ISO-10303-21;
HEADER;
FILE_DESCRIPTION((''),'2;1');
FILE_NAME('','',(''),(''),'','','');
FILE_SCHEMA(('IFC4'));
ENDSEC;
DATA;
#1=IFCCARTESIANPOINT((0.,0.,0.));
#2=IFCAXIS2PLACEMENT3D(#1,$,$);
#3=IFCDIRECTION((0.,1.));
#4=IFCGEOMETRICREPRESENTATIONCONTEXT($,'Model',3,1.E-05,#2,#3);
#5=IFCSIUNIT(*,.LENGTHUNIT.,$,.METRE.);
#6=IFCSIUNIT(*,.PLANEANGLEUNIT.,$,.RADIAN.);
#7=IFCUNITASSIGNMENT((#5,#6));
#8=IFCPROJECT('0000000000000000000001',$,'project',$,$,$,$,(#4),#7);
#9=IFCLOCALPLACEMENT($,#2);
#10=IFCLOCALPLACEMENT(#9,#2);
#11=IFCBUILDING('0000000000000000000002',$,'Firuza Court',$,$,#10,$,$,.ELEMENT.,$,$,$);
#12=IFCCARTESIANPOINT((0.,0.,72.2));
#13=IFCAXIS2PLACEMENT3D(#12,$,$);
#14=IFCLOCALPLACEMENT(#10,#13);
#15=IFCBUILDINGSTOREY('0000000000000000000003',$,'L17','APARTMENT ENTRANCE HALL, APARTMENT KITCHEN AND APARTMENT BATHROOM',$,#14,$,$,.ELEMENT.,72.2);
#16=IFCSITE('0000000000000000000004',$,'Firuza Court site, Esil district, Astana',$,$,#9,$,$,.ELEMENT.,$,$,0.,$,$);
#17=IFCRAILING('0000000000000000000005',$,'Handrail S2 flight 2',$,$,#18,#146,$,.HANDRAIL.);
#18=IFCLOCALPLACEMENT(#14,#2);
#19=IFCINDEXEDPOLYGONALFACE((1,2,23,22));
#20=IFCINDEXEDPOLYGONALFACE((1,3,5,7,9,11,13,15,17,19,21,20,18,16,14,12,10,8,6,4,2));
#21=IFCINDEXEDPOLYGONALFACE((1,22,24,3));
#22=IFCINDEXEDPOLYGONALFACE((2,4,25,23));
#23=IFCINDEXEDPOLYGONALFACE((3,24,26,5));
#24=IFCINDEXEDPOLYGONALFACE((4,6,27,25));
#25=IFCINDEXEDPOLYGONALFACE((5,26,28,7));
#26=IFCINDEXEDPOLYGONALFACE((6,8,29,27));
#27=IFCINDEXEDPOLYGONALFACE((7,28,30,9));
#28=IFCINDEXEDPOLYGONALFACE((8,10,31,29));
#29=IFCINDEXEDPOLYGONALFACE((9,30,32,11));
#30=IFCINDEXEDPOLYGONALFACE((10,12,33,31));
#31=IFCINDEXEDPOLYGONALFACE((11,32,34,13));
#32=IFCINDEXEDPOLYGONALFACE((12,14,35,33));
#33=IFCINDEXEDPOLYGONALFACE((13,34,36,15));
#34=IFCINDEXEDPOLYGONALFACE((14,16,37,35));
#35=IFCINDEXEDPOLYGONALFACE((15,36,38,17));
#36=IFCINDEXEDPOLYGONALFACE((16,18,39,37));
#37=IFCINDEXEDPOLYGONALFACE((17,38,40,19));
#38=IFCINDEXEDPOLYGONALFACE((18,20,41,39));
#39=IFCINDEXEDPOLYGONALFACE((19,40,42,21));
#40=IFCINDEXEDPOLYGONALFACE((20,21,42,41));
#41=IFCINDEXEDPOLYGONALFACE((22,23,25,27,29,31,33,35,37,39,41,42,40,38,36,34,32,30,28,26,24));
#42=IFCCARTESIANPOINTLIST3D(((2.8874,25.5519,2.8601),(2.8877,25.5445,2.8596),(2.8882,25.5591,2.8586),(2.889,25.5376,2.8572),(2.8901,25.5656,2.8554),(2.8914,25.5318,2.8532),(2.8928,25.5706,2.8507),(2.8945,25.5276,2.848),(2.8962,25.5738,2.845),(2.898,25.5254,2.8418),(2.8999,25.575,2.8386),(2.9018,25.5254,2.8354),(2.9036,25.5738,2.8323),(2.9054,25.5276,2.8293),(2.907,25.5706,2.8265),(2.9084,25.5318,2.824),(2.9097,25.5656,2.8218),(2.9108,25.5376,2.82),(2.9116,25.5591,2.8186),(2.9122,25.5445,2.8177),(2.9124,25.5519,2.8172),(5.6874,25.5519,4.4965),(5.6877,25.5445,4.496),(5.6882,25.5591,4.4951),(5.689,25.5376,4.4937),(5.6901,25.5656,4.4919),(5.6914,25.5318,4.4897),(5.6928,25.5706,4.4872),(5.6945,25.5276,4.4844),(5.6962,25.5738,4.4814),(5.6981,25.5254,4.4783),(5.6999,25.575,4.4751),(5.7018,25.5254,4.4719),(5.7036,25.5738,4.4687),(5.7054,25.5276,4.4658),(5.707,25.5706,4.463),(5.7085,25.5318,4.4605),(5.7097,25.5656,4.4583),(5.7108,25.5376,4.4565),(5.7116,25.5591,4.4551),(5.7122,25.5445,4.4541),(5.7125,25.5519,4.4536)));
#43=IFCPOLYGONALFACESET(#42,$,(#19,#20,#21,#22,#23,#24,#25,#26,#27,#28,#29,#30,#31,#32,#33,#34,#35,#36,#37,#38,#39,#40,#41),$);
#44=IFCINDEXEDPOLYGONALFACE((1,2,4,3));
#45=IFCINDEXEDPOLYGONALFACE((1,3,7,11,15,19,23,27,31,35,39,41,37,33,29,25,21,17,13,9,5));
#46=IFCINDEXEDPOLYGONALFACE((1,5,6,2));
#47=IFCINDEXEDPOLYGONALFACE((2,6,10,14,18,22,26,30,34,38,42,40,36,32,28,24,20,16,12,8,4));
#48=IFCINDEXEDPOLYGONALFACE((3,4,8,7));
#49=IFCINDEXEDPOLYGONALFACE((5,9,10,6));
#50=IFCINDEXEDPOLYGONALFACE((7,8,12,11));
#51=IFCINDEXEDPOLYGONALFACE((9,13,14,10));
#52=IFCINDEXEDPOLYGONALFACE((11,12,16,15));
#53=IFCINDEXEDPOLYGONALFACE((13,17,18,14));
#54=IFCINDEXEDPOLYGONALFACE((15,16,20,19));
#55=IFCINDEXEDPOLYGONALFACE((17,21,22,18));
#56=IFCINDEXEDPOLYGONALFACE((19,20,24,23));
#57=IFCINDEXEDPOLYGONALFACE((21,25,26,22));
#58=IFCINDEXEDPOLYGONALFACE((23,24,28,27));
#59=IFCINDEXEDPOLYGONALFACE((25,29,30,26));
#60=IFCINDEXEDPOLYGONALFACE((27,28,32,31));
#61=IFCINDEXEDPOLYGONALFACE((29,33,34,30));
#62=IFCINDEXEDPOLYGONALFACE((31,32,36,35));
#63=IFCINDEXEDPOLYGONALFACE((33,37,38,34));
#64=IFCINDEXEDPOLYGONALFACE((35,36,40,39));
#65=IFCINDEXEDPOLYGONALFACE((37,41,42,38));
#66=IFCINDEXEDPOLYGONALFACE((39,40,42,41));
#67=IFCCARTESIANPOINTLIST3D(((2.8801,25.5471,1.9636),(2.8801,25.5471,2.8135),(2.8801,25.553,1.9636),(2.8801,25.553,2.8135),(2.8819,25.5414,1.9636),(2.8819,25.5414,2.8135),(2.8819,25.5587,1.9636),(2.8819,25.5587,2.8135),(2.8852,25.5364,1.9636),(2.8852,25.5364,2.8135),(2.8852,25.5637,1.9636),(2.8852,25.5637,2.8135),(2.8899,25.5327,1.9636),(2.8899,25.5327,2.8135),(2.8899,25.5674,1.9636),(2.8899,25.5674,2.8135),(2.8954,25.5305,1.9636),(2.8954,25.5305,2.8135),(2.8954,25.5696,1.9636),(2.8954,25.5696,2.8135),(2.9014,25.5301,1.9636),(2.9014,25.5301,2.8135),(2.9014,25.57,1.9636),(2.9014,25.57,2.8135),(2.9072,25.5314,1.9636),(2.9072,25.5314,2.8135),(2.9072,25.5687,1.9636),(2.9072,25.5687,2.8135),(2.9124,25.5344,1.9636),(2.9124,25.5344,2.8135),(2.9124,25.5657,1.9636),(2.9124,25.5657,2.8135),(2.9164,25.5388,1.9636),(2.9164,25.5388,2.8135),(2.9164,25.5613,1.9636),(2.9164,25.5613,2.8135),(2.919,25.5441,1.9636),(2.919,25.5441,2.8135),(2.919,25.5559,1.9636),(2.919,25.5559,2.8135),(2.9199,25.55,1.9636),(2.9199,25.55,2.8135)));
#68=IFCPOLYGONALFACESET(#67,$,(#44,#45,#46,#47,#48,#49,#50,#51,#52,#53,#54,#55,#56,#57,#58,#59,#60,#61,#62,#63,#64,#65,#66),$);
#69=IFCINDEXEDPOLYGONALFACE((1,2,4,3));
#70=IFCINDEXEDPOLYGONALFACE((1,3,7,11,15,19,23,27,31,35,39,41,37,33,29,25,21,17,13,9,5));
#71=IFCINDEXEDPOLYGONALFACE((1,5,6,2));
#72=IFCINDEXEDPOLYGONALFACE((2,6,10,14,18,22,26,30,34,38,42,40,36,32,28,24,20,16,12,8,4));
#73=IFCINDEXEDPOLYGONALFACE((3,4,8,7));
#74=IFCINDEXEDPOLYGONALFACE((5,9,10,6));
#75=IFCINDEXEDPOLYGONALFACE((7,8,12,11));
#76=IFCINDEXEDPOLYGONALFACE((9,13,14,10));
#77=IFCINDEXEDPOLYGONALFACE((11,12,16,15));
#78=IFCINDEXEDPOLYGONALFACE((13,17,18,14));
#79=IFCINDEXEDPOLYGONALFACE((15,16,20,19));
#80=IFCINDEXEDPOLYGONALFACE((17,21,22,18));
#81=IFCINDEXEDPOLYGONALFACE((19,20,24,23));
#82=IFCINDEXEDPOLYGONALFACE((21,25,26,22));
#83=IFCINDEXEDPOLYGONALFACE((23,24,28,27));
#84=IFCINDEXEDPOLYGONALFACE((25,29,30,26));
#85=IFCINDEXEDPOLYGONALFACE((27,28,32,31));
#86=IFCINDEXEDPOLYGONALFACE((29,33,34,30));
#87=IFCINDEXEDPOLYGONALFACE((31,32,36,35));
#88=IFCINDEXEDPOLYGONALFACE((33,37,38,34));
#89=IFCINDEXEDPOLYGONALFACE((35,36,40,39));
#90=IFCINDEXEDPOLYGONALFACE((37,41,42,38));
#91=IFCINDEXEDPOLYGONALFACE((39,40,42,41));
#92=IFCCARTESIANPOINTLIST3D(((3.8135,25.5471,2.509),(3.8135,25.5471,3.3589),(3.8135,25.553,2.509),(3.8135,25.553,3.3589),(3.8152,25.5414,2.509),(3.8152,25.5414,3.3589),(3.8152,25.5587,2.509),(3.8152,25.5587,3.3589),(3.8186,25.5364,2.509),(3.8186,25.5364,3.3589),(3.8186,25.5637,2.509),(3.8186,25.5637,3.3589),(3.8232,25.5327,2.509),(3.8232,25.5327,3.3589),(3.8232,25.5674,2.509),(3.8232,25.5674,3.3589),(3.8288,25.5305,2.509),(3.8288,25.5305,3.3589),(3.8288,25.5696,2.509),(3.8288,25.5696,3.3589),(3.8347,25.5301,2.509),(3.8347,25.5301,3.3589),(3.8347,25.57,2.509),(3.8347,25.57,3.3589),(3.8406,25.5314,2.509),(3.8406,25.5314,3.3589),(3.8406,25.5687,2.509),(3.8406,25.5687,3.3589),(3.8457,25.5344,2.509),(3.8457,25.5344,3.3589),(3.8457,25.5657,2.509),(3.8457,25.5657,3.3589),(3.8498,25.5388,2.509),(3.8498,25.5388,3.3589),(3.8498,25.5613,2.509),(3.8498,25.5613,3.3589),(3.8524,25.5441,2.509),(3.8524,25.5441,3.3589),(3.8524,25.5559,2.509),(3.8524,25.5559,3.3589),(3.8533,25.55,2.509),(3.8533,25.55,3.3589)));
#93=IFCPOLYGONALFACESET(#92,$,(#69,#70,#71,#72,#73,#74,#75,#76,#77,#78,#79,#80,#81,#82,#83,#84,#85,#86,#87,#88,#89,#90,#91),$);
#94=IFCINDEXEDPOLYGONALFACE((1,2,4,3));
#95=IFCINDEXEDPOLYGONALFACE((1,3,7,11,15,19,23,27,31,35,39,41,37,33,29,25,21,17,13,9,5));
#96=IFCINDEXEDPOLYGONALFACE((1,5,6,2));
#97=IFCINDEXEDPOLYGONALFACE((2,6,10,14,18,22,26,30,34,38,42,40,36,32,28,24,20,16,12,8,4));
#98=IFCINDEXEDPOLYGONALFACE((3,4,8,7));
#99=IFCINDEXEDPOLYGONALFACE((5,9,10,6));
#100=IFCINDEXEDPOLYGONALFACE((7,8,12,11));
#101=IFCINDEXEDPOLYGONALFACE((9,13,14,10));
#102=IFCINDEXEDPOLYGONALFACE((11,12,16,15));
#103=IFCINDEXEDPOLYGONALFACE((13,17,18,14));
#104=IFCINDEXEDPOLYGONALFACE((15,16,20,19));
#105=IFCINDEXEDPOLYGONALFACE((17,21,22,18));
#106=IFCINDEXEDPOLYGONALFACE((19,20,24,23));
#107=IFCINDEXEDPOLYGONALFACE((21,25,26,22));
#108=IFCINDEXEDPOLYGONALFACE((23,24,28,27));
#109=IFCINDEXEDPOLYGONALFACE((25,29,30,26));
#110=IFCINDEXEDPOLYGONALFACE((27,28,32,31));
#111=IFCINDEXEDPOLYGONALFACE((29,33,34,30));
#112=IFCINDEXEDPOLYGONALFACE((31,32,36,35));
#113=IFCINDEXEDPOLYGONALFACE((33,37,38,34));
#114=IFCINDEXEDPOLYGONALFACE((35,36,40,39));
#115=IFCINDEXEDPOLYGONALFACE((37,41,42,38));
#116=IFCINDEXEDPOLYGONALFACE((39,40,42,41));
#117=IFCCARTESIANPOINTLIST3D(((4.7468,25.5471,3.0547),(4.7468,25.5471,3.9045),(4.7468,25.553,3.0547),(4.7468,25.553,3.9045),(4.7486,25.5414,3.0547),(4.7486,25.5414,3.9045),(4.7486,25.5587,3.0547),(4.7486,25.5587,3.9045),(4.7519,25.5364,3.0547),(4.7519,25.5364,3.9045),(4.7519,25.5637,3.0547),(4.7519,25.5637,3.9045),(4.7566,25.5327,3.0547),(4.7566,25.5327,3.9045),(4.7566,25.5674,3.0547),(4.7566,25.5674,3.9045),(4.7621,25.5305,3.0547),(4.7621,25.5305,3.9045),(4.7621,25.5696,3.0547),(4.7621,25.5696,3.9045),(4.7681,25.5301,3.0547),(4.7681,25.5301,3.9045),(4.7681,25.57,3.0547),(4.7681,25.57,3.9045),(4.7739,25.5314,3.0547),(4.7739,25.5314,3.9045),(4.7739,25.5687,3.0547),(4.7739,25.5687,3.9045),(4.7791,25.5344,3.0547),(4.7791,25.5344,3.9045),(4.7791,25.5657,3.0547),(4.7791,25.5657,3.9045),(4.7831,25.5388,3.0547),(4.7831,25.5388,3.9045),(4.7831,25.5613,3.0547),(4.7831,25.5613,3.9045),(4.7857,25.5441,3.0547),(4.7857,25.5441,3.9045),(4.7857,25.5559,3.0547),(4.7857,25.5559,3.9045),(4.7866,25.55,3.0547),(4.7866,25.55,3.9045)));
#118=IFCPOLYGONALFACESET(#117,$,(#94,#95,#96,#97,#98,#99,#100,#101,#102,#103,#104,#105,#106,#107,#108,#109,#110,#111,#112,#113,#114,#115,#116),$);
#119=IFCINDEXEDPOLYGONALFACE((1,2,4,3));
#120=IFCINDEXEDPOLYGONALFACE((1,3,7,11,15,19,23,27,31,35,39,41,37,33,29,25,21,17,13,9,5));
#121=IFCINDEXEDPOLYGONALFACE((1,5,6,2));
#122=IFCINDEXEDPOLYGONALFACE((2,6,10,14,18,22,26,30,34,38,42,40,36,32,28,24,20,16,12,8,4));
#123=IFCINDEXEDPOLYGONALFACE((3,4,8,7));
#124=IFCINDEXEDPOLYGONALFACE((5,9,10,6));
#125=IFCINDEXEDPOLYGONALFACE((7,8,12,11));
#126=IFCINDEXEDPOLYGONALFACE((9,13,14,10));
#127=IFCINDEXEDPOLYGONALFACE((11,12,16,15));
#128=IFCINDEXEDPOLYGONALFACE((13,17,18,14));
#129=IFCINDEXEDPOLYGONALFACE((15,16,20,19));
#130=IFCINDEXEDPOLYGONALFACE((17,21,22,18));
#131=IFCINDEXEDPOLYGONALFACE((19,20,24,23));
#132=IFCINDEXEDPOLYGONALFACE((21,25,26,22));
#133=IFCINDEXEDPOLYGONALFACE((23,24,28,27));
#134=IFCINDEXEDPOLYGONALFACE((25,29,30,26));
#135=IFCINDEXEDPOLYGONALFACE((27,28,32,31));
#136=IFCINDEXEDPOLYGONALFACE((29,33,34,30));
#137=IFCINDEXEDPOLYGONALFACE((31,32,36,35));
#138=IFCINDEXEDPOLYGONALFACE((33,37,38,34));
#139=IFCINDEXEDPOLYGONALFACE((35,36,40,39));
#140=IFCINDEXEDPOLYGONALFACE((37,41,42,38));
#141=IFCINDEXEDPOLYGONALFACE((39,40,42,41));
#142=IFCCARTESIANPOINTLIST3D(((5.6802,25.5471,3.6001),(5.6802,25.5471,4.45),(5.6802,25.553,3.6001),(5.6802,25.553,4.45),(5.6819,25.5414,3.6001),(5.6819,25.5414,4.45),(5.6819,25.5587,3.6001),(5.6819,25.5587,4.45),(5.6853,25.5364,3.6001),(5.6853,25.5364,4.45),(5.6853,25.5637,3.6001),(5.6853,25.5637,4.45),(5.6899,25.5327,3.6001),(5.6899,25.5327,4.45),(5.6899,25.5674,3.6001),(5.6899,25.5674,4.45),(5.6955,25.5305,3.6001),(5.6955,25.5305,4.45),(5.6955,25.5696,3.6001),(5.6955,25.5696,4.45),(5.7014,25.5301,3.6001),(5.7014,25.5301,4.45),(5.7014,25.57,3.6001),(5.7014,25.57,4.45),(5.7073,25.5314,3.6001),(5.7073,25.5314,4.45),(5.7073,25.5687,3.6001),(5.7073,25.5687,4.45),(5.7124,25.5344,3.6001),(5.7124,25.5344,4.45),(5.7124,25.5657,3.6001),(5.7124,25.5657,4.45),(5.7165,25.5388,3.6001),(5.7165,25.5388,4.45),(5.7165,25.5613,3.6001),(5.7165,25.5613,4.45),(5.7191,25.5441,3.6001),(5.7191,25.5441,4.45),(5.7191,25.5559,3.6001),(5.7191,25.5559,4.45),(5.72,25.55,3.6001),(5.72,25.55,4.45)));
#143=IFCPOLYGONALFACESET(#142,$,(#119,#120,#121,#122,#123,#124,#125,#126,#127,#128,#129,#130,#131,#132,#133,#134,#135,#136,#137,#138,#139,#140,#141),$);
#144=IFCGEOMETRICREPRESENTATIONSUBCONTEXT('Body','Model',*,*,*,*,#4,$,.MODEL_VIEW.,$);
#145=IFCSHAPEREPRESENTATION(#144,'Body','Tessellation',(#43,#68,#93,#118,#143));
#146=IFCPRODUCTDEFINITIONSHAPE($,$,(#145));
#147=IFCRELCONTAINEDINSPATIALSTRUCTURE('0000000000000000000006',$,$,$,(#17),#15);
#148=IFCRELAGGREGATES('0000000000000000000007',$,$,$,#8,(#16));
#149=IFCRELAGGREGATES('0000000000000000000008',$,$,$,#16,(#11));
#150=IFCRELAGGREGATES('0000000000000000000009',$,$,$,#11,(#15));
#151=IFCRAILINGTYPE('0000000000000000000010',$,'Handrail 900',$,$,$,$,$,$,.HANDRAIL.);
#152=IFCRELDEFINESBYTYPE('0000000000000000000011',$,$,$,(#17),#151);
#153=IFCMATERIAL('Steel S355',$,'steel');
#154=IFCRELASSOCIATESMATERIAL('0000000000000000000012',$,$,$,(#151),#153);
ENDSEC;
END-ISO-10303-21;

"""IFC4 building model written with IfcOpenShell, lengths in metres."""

from ifc_helpers import new_model, si_unit, direction, frame, origin, origin_2d, place, context, subcontext, project, spatial, circle, extrude, material, type_object, element, save


model = new_model("IFC4")

# Units and contexts
model_context = context("Model", 3, precision=1e-05, world=origin(), true_north=direction((0.0, 1.0)))
body_context = subcontext(model_context, "Body", "Model", "MODEL_VIEW")
ifc_project = project(units=[si_unit("LENGTHUNIT", "METRE"), si_unit("PLANEANGLEUNIT", "RADIAN")], contexts=[model_context])

# Site, building, storey
site_placement = place(None, origin())
site = spatial("IfcSite", under=ifc_project, at=site_placement, Name="Firuza Court site, Esil district, Astana", CompositionType="ELEMENT", RefElevation=0.0)
building_placement = place(site_placement, origin())
building = spatial("IfcBuilding", under=site, at=building_placement, Name="Firuza Court", CompositionType="ELEMENT")
storey_placement = place(building_placement, frame((0.0, 0.0, 72.2)))
storey = spatial("IfcBuildingStorey", under=building, at=storey_placement, Name="L17", Description="APARTMENT ENTRANCE HALL, APARTMENT KITCHEN AND APARTMENT BATHROOM", CompositionType="ELEMENT", Elevation=72.2)

# Railing
ifc_material_1 = material(Name="Steel S355", Category="steel")
railing_type_1 = type_object("IfcRailingType", Name="Handrail 900", PredefinedType="HANDRAIL", material=ifc_material_1)
railing_1_placement = place(storey_placement, frame((2.8999, 25.55, 1.9636)))
element("IfcRailing", 1, at=railing_1_placement, inside=storey, type_object=railing_type_1, Name="Handrail S2 flight 2", PredefinedType="HANDRAIL", context=body_context, shape_type="SweptSolid", body=[
    extrude(circle(Radius=0.0249, at=origin_2d()), frame((0.0, 0.0, 0.875), z_axis=(0.863361, 0.0, 0.504587), x_axis=(0.0, 1.0, 0.0)), (0.0, 0.0, 1.0), 3.2432),
    extrude(circle(Radius=0.02, at=origin_2d()), origin(), (0.0, 0.0, 1.0), 0.8499),
    extrude(circle(Radius=0.02, at=origin_2d()), frame((0.9333, 0.0, 0.5454)), (0.0, 0.0, 1.0), 0.8499),
    extrude(circle(Radius=0.02, at=origin_2d()), frame((1.8667, 0.0, 1.0911)), (0.0, 0.0, 1.0), 0.8499),
    extrude(circle(Radius=0.02, at=origin_2d()), frame((2.8, 0.0, 1.6365)), (0.0, 0.0, 1.0), 0.8499),
])

save(model, "model.ifc")
